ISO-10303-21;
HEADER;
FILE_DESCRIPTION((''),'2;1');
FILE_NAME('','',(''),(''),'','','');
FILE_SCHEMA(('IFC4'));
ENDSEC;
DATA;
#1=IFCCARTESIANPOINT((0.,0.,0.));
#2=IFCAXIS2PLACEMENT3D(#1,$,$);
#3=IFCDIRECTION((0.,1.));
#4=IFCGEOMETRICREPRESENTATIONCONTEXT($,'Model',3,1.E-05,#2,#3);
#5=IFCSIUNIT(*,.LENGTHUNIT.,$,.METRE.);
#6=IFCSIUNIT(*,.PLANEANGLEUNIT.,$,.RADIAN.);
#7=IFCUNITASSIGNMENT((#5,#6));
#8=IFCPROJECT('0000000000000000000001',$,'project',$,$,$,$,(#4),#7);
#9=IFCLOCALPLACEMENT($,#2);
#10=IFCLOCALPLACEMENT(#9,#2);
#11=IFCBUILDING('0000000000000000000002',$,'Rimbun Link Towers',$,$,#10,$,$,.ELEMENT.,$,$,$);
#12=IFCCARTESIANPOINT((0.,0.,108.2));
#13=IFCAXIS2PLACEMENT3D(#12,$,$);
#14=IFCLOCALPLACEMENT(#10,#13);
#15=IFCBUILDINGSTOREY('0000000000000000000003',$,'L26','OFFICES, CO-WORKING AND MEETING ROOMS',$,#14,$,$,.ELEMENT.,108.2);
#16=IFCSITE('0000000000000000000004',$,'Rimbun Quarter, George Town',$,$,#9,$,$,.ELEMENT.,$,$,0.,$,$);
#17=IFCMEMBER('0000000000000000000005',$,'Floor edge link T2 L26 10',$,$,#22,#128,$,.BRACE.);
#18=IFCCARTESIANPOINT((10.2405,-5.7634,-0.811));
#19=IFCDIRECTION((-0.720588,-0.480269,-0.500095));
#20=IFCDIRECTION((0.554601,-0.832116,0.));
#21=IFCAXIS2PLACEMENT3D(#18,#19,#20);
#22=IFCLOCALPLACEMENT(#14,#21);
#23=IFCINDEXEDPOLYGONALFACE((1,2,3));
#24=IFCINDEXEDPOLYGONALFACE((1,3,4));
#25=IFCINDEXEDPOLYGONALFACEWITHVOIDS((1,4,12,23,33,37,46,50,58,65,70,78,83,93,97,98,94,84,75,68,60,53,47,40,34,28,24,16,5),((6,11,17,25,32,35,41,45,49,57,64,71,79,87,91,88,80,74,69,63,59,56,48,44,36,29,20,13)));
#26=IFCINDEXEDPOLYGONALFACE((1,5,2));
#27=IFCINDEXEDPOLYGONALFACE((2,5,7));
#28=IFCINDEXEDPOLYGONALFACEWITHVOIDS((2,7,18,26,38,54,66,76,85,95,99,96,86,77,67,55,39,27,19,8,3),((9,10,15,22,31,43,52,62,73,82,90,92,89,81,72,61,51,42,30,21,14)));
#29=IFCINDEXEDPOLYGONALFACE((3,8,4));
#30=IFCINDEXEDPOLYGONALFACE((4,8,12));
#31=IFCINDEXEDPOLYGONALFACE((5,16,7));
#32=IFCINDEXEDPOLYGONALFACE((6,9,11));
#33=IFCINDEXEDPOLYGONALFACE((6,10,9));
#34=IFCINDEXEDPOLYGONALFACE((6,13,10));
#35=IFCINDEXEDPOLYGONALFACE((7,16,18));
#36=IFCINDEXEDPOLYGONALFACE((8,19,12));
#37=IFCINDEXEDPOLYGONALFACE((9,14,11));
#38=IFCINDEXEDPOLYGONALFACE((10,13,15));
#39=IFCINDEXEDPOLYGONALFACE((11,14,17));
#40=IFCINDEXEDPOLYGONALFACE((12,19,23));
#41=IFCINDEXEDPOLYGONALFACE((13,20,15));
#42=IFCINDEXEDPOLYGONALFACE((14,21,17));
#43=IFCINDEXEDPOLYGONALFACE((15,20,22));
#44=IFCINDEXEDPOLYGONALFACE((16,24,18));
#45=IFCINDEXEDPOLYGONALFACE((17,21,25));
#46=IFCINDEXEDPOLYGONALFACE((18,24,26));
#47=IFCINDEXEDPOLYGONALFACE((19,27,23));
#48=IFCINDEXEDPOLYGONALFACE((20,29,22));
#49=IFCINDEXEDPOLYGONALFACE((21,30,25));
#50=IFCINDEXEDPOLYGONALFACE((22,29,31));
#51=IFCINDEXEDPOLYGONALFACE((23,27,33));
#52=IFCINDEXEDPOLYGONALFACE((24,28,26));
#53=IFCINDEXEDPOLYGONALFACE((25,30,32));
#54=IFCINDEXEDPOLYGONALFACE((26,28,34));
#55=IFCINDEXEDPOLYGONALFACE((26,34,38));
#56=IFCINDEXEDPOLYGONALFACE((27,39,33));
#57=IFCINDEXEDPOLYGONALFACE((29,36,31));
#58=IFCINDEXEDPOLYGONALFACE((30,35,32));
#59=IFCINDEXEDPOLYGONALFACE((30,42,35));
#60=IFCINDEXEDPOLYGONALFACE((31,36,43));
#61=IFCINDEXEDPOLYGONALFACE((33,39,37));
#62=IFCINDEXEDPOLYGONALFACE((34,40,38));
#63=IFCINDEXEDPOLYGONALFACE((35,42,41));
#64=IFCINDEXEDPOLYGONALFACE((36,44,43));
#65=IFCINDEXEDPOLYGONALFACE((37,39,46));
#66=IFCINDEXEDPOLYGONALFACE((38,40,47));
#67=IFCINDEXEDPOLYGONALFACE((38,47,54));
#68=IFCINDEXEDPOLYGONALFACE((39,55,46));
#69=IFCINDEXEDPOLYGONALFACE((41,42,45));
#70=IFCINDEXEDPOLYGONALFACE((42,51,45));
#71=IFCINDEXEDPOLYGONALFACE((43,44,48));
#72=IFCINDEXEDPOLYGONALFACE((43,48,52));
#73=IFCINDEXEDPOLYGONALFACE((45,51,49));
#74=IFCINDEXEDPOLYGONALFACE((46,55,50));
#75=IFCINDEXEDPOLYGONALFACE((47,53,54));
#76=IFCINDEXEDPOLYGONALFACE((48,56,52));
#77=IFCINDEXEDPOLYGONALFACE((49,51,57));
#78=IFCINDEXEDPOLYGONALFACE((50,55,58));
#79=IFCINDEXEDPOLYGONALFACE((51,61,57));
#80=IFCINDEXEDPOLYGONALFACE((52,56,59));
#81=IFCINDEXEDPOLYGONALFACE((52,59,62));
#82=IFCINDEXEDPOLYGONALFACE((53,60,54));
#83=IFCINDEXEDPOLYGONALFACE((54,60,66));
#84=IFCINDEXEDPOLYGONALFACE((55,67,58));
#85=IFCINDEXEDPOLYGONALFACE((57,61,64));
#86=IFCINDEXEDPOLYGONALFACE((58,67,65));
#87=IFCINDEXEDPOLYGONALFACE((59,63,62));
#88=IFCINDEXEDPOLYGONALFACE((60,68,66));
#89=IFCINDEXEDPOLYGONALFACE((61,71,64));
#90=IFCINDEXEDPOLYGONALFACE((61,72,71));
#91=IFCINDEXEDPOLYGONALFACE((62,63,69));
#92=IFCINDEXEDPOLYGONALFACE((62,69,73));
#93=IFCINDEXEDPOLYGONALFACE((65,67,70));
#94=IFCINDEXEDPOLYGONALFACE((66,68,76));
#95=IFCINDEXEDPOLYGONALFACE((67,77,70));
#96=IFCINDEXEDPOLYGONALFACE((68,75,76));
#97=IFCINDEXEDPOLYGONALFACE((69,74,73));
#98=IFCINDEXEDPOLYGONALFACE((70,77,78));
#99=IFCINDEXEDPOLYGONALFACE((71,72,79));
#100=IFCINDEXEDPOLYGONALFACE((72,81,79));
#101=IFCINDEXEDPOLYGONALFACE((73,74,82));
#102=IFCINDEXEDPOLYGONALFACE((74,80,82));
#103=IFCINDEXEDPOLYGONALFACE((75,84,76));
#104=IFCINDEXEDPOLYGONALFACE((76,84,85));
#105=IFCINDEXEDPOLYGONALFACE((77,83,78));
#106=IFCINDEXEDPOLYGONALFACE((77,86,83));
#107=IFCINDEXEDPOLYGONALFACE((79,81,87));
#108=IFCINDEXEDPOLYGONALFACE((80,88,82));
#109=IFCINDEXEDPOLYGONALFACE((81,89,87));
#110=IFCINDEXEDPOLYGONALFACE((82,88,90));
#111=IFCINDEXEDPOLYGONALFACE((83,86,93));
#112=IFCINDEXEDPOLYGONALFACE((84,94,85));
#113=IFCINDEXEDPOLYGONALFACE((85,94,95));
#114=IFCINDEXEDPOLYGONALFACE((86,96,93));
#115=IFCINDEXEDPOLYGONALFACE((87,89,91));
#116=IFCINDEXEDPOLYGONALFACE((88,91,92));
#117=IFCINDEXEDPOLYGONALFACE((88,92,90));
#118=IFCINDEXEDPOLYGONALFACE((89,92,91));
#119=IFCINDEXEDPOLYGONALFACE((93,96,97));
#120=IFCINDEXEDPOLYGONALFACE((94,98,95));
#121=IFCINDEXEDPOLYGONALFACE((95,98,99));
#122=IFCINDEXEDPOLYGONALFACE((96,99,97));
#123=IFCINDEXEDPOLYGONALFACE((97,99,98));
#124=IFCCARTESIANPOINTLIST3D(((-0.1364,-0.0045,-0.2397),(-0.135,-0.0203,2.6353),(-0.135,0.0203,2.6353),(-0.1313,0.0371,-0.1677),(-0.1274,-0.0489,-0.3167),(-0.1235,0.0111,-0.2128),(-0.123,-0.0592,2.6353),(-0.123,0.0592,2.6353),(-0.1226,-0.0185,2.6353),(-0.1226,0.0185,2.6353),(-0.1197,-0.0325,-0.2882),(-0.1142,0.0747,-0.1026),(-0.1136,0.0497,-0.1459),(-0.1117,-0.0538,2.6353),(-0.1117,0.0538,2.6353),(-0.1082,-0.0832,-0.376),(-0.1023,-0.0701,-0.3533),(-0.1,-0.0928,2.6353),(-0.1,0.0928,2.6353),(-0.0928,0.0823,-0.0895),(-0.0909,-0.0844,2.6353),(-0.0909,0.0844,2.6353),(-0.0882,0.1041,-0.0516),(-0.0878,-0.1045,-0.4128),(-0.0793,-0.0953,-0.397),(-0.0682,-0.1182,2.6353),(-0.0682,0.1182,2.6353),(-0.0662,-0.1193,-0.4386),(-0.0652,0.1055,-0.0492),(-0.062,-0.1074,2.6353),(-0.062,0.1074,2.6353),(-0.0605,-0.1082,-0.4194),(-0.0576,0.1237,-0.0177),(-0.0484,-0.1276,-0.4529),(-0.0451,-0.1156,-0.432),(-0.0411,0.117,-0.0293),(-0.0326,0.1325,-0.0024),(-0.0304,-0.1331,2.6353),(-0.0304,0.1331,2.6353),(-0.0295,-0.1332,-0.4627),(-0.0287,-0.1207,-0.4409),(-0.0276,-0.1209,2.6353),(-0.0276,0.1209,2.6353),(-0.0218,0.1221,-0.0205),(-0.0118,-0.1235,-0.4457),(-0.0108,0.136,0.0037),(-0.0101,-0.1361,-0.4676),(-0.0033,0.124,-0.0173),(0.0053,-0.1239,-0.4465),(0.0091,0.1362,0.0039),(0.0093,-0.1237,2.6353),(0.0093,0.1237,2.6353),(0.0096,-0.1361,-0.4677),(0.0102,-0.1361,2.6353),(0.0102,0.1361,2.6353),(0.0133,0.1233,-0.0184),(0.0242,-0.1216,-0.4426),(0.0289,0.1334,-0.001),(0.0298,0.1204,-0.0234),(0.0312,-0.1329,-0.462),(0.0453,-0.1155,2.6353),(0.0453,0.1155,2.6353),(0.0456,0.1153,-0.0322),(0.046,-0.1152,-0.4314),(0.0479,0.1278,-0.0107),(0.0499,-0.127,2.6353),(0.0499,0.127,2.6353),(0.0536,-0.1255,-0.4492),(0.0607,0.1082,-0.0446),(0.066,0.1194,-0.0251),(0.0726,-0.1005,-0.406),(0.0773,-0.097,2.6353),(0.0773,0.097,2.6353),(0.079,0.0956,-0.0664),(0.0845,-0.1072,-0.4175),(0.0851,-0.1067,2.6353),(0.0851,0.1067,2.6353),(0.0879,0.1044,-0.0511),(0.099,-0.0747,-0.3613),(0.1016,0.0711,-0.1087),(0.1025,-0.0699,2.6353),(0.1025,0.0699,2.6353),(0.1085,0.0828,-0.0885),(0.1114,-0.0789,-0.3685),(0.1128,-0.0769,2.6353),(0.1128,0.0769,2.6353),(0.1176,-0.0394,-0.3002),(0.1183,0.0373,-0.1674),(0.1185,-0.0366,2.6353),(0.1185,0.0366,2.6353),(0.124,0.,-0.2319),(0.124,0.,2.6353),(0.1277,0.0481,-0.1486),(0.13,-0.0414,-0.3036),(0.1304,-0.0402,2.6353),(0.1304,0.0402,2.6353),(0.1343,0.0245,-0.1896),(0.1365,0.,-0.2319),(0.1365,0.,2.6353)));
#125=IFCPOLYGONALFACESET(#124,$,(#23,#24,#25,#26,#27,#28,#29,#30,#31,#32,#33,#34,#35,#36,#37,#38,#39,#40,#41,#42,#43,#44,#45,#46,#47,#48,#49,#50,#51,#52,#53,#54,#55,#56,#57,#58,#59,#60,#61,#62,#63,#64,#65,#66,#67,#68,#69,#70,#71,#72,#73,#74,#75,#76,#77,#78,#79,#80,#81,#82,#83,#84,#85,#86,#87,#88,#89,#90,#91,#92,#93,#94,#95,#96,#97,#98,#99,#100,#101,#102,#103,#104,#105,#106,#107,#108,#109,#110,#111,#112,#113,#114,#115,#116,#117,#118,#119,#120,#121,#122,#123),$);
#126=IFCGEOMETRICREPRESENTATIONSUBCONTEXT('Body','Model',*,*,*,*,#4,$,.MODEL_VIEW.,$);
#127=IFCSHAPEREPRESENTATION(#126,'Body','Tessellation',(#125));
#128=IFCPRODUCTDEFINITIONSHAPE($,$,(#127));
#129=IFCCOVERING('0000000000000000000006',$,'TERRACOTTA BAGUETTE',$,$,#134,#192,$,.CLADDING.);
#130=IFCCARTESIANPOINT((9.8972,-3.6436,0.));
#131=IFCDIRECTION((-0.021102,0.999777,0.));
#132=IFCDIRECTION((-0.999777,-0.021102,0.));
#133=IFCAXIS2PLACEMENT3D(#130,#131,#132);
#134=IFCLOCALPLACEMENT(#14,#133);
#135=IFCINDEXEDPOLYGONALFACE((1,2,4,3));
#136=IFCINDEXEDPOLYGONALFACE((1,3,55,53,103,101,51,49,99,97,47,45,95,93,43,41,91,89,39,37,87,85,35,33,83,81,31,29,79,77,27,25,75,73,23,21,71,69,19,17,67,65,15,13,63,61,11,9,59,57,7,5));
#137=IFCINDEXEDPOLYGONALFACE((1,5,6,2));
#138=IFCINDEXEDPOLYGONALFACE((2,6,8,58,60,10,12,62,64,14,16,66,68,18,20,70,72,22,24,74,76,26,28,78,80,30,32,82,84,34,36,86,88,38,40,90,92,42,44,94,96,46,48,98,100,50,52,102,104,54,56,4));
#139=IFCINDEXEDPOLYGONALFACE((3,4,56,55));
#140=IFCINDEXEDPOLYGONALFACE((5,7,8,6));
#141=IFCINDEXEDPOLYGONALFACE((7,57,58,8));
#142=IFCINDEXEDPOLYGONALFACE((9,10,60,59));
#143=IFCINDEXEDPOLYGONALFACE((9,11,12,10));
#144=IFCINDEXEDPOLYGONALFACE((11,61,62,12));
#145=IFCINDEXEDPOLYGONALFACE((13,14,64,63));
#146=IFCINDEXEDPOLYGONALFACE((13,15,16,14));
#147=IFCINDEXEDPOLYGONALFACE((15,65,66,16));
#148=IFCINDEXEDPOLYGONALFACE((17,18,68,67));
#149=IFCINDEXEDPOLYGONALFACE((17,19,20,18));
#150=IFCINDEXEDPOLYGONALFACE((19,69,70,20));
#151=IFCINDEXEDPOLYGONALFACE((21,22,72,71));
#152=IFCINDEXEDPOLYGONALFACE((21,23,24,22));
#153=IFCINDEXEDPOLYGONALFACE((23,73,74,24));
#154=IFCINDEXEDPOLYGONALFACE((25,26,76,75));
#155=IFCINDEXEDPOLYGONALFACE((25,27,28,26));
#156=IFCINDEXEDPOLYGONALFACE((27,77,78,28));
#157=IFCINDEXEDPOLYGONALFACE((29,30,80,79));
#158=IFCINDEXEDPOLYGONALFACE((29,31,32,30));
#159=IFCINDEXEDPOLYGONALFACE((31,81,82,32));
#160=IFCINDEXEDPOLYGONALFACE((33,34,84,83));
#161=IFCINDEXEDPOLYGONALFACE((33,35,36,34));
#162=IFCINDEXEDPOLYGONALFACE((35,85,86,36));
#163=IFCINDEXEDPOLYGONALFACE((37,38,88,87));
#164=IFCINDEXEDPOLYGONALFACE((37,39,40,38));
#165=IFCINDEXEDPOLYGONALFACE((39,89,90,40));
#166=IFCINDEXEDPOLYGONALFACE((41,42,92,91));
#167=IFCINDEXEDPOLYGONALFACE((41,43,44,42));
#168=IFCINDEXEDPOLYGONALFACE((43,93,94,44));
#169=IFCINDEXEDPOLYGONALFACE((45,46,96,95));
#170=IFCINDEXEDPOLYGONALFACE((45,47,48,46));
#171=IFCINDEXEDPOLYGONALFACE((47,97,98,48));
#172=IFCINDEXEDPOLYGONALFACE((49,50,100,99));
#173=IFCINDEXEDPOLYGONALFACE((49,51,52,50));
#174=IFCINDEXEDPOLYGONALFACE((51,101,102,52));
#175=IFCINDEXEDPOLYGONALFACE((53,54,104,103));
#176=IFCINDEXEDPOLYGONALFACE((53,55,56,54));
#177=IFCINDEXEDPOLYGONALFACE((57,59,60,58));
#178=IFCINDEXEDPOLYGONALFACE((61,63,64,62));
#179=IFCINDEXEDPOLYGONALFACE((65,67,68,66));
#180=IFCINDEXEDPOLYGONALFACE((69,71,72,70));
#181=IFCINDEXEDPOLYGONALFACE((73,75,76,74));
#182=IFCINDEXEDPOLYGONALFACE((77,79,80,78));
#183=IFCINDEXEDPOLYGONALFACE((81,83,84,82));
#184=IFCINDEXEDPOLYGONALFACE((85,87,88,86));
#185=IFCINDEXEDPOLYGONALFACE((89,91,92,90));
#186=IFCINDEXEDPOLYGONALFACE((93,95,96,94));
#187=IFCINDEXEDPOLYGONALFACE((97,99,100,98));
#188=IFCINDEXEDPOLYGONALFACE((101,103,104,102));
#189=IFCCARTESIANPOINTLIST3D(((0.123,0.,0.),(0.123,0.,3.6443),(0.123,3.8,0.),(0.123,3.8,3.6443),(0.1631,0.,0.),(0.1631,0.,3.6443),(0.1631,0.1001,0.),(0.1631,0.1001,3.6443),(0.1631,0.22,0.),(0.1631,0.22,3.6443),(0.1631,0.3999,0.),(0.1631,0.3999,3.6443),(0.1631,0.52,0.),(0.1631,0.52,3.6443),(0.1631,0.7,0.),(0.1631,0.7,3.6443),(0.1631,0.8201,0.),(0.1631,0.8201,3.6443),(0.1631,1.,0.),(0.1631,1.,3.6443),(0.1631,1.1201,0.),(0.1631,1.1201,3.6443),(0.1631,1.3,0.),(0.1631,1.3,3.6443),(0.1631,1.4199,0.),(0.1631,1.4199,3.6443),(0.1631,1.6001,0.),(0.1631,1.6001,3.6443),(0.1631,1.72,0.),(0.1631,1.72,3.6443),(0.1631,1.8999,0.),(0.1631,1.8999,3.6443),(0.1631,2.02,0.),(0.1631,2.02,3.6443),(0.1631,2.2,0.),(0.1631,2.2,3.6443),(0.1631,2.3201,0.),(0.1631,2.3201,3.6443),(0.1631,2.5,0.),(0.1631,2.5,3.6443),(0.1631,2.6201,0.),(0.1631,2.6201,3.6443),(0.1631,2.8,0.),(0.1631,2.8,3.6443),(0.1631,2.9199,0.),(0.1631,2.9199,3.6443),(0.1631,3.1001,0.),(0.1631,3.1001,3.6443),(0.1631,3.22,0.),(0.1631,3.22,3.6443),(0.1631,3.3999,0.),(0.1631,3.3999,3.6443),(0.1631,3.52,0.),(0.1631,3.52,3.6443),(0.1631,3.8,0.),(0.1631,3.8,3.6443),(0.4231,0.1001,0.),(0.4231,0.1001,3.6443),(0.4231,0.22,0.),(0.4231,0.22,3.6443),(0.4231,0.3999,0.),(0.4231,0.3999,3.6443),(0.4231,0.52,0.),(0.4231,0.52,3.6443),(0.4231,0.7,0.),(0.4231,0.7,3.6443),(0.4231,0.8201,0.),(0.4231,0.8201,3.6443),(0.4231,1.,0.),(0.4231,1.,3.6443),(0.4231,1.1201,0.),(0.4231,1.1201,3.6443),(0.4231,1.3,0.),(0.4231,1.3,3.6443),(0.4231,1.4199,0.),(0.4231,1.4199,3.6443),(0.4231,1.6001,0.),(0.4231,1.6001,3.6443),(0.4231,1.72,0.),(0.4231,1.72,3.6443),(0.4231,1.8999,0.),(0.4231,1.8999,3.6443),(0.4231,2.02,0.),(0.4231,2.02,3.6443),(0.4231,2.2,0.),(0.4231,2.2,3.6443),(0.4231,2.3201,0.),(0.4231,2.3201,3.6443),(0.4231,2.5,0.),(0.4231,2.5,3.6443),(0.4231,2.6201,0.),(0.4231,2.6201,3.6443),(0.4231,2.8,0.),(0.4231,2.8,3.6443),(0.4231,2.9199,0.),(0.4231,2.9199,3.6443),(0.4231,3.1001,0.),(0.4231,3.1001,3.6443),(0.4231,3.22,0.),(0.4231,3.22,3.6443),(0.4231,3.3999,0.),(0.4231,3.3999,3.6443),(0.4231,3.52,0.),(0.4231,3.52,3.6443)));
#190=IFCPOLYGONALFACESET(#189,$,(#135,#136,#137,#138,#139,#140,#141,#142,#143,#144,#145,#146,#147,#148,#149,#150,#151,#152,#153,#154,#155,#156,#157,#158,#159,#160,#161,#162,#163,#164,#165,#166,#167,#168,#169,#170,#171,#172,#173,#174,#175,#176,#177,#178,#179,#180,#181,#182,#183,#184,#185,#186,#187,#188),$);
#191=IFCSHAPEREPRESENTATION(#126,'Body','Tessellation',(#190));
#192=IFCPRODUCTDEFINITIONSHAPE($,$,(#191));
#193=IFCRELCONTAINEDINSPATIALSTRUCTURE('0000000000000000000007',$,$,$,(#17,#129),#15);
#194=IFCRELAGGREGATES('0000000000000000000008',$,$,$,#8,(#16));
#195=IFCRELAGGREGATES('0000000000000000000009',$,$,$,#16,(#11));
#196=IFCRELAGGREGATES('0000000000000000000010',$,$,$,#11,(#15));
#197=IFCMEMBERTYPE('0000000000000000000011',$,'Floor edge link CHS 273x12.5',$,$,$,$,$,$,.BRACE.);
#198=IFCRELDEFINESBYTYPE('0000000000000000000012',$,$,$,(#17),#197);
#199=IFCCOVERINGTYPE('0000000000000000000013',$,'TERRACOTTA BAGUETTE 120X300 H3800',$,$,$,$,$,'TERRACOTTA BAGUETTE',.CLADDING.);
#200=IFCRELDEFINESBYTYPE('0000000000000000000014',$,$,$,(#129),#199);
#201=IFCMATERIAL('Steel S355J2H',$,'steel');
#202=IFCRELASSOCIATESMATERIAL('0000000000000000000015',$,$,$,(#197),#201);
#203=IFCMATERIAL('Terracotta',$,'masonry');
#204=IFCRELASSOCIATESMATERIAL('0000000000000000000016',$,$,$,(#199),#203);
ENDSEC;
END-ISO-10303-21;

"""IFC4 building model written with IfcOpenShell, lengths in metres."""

from ifc_helpers import new_model, si_unit, direction, frame, origin, origin_2d, place, context, subcontext, project, spatial, polyline, hollow_circle, outline, extrude, clip, halfspace, material, material_profile, profile_set, type_object, element, save


model = new_model("IFC4")

# Units and contexts
model_context = context("Model", 3, precision=1e-05, world=origin(), true_north=direction((0.0, 1.0)))
body_context = subcontext(model_context, "Body", "Model", "MODEL_VIEW")
ifc_project = project(units=[si_unit("LENGTHUNIT", "METRE"), si_unit("PLANEANGLEUNIT", "RADIAN")], contexts=[model_context])

# Site, building, storey
site_placement = place(None, origin())
site = spatial("IfcSite", under=ifc_project, at=site_placement, Name="Rimbun Quarter, George Town", CompositionType="ELEMENT", RefElevation=0.0)
building_placement = place(site_placement, origin())
building = spatial("IfcBuilding", under=site, at=building_placement, Name="Rimbun Link Towers", CompositionType="ELEMENT")
storey_placement = place(building_placement, frame((0.0, 0.0, 108.2)))
storey = spatial("IfcBuildingStorey", under=building, at=storey_placement, Name="L26", Description="OFFICES, CO-WORKING AND MEETING ROOMS", CompositionType="ELEMENT", Elevation=108.2)

# Member
ifc_material_1 = material(Name="Steel S355J2H", Category="steel")
ifc_material_profile_1 = material_profile(ifc_material_1, hollow_circle(Radius=0.1365, WallThickness=0.0125, at=origin_2d()), Name="CHS 273x12.5")
ifc_profile_set_1 = profile_set([ifc_material_profile_1], Name="Steel S355J2H")
member_type_1 = type_object("IfcMemberType", Name="Floor edge link CHS 273x12.5", PredefinedType="BRACE", material=ifc_profile_set_1)
member_1_placement = place(storey_placement, frame((10.2405, -5.7634, -0.811), z_axis=(-0.720588, -0.480269, -0.500095), x_axis=(0.554601, -0.832116, 0.0)))
element("IfcMember", 1, at=member_1_placement, inside=storey, type_object=member_type_1, Name="Floor edge link T2 L26 10", PredefinedType="BRACE", context=body_context, shape_type="Clipping", body=[
    clip(extrude(hollow_circle(Radius=0.1365, WallThickness=0.0125, at=origin_2d()), frame((0.0, 0.0, -0.4927)), (0.0, 0.0, 1.0), 3.1279), halfspace(frame((0.0, 0.0, -0.2319), z_axis=(0.0, 0.865971, -0.500095)), False)),
])

# Covering
ifc_material_2 = material(Name="Terracotta", Category="masonry")
ifc_material_profile_2 = material_profile(ifc_material_2, outline(polyline([(0.123, 0.0), (0.1631, 0.0), (0.1631, 0.1001), (0.4231, 0.1001), (0.4231, 0.22), (0.1631, 0.22), (0.1631, 0.3999), (0.4231, 0.3999), (0.4231, 0.52), (0.1631, 0.52), (0.1631, 0.7), (0.4231, 0.7), (0.4231, 0.8201), (0.1631, 0.8201), (0.1631, 1.0), (0.4231, 1.0), (0.4231, 1.1201), (0.1631, 1.1201), (0.1631, 1.3), (0.4231, 1.3), (0.4231, 1.4199), (0.1631, 1.4199), (0.1631, 1.6001), (0.4231, 1.6001), (0.4231, 1.72), (0.1631, 1.72), (0.1631, 1.8999), (0.4231, 1.8999), (0.4231, 2.02), (0.1631, 2.02), (0.1631, 2.2), (0.4231, 2.2), (0.4231, 2.3201), (0.1631, 2.3201), (0.1631, 2.5), (0.4231, 2.5), (0.4231, 2.6201), (0.1631, 2.6201), (0.1631, 2.8), (0.4231, 2.8), (0.4231, 2.9199), (0.1631, 2.9199), (0.1631, 3.1001), (0.4231, 3.1001), (0.4231, 3.22), (0.1631, 3.22), (0.1631, 3.3999), (0.4231, 3.3999), (0.4231, 3.52), (0.1631, 3.52), (0.1631, 3.8), (0.123, 3.8), (0.123, 0.0)])), Name="BAGUETTE 120X300")
ifc_profile_set_2 = profile_set([ifc_material_profile_2], Name="Terracotta")
covering_type_1 = type_object("IfcCoveringType", Name="TERRACOTTA BAGUETTE 120X300 H3800", ElementType="TERRACOTTA BAGUETTE", PredefinedType="CLADDING", material=ifc_profile_set_2)
covering_1_placement = place(storey_placement, frame((9.8972, -3.6436, 0.0), z_axis=(-0.021102, 0.999777, 0.0), x_axis=(-0.999777, -0.021102, 0.0)))
element("IfcCovering", 2, at=covering_1_placement, inside=storey, type_object=covering_type_1, Name="TERRACOTTA BAGUETTE", PredefinedType="CLADDING", context=body_context, shape_type="SweptSolid", body=[
    extrude(outline(polyline([(0.123, 0.0), (0.1631, 0.0), (0.1631, 0.1001), (0.4231, 0.1001), (0.4231, 0.22), (0.1631, 0.22), (0.1631, 0.3999), (0.4231, 0.3999), (0.4231, 0.52), (0.1631, 0.52), (0.1631, 0.7), (0.4231, 0.7), (0.4231, 0.8201), (0.1631, 0.8201), (0.1631, 1.0), (0.4231, 1.0), (0.4231, 1.1201), (0.1631, 1.1201), (0.1631, 1.3), (0.4231, 1.3), (0.4231, 1.4199), (0.1631, 1.4199), (0.1631, 1.6001), (0.4231, 1.6001), (0.4231, 1.72), (0.1631, 1.72), (0.1631, 1.8999), (0.4231, 1.8999), (0.4231, 2.02), (0.1631, 2.02), (0.1631, 2.2), (0.4231, 2.2), (0.4231, 2.3201), (0.1631, 2.3201), (0.1631, 2.5), (0.4231, 2.5), (0.4231, 2.6201), (0.1631, 2.6201), (0.1631, 2.8), (0.4231, 2.8), (0.4231, 2.9199), (0.1631, 2.9199), (0.1631, 3.1001), (0.4231, 3.1001), (0.4231, 3.22), (0.1631, 3.22), (0.1631, 3.3999), (0.4231, 3.3999), (0.4231, 3.52), (0.1631, 3.52), (0.1631, 3.8), (0.123, 3.8), (0.123, 0.0)])), origin(), (0.0, 0.0, 1.0), 3.6443),
])

save(model, "model.ifc")
